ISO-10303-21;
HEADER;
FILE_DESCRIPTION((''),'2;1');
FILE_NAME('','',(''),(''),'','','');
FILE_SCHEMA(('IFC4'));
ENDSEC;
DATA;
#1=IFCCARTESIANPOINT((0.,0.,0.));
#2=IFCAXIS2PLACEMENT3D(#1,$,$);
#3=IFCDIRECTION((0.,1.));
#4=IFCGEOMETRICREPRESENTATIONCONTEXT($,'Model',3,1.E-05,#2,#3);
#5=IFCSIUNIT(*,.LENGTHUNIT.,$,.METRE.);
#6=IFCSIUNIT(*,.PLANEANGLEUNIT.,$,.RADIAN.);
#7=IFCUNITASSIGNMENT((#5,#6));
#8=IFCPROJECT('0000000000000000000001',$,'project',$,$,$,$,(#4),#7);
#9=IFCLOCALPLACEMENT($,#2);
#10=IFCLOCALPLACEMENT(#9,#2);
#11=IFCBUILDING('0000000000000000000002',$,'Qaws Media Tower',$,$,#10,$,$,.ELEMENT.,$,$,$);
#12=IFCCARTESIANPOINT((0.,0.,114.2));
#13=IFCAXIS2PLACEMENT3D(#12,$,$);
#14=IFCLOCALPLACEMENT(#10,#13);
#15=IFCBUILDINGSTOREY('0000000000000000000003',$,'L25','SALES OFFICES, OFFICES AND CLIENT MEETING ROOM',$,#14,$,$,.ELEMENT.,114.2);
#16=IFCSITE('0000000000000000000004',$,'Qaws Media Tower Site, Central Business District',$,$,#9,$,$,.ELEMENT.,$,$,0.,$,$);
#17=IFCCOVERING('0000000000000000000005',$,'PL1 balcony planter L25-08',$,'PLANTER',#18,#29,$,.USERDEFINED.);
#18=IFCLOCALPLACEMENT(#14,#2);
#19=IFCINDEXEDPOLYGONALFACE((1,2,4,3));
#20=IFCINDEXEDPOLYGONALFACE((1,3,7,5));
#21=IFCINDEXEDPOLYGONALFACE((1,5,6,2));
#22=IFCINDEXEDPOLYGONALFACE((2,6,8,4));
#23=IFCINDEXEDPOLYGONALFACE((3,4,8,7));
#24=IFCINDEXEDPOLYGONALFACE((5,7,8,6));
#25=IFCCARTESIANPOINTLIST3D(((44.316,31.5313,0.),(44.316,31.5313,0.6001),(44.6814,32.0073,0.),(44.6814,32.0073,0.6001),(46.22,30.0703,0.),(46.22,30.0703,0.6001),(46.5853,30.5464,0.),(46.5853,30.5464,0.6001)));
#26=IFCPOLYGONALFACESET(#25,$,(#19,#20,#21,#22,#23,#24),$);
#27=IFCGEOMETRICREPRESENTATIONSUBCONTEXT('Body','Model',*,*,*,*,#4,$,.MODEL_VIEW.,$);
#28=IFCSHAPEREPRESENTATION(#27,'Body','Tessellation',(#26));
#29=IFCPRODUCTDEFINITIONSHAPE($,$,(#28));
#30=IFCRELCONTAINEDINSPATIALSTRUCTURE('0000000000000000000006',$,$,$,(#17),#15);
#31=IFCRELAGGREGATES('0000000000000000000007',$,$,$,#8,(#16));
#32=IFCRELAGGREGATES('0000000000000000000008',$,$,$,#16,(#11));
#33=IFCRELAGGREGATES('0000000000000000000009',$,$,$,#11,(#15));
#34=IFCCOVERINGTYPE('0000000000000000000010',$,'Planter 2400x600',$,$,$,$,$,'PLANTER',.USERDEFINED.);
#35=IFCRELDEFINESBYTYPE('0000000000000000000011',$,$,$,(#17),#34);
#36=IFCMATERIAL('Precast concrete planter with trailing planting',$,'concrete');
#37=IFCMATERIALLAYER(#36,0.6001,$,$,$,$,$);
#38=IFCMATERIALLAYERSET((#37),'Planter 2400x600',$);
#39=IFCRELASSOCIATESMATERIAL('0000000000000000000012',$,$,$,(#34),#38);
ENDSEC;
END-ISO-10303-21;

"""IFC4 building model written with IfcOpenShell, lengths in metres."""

from ifc_helpers import new_model, si_unit, direction, frame, origin, origin_2d, place, context, subcontext, project, spatial, rectangle, extrude, material, layer, layer_set, type_object, element, save


model = new_model("IFC4")

# Units and contexts
model_context = context("Model", 3, precision=1e-05, world=origin(), true_north=direction((0.0, 1.0)))
body_context = subcontext(model_context, "Body", "Model", "MODEL_VIEW")
ifc_project = project(units=[si_unit("LENGTHUNIT", "METRE"), si_unit("PLANEANGLEUNIT", "RADIAN")], contexts=[model_context])

# Site, building, storey
site_placement = place(None, origin())
site = spatial("IfcSite", under=ifc_project, at=site_placement, Name="Qaws Media Tower Site, Central Business District", CompositionType="ELEMENT", RefElevation=0.0)
building_placement = place(site_placement, origin())
building = spatial("IfcBuilding", under=site, at=building_placement, Name="Qaws Media Tower", CompositionType="ELEMENT")
storey_placement = place(building_placement, frame((0.0, 0.0, 114.2)))
storey = spatial("IfcBuildingStorey", under=building, at=storey_placement, Name="L25", Description="SALES OFFICES, OFFICES AND CLIENT MEETING ROOM", CompositionType="ELEMENT", Elevation=114.2)

# Covering
ifc_material_1 = material(Name="Precast concrete planter with trailing planting", Category="concrete")
ifc_layer_1 = layer(ifc_material_1, 0.6001)
ifc_layer_set_1 = layer_set([ifc_layer_1], Name="Planter 2400x600")
covering_type = type_object("IfcCoveringType", Name="Planter 2400x600", ElementType="PLANTER", PredefinedType="USERDEFINED", material=ifc_layer_set_1)
covering_placement = place(storey_placement, frame((45.4507, 31.0388, 0.0), z_axis=(0.0, 0.0, 1.0), x_axis=(0.793353, -0.608761, 0.0)))
element("IfcCovering", 1, at=covering_placement, inside=storey, type_object=covering_type, Name="PL1 balcony planter L25-08", ObjectType="PLANTER", PredefinedType="USERDEFINED", context=body_context, shape_type="SweptSolid", body=[
    extrude(rectangle(XDim=2.3999, YDim=0.6001, at=origin_2d()), origin(), (0.0, 0.0, 1.0), 0.6001),
])

save(model, "model.ifc")
